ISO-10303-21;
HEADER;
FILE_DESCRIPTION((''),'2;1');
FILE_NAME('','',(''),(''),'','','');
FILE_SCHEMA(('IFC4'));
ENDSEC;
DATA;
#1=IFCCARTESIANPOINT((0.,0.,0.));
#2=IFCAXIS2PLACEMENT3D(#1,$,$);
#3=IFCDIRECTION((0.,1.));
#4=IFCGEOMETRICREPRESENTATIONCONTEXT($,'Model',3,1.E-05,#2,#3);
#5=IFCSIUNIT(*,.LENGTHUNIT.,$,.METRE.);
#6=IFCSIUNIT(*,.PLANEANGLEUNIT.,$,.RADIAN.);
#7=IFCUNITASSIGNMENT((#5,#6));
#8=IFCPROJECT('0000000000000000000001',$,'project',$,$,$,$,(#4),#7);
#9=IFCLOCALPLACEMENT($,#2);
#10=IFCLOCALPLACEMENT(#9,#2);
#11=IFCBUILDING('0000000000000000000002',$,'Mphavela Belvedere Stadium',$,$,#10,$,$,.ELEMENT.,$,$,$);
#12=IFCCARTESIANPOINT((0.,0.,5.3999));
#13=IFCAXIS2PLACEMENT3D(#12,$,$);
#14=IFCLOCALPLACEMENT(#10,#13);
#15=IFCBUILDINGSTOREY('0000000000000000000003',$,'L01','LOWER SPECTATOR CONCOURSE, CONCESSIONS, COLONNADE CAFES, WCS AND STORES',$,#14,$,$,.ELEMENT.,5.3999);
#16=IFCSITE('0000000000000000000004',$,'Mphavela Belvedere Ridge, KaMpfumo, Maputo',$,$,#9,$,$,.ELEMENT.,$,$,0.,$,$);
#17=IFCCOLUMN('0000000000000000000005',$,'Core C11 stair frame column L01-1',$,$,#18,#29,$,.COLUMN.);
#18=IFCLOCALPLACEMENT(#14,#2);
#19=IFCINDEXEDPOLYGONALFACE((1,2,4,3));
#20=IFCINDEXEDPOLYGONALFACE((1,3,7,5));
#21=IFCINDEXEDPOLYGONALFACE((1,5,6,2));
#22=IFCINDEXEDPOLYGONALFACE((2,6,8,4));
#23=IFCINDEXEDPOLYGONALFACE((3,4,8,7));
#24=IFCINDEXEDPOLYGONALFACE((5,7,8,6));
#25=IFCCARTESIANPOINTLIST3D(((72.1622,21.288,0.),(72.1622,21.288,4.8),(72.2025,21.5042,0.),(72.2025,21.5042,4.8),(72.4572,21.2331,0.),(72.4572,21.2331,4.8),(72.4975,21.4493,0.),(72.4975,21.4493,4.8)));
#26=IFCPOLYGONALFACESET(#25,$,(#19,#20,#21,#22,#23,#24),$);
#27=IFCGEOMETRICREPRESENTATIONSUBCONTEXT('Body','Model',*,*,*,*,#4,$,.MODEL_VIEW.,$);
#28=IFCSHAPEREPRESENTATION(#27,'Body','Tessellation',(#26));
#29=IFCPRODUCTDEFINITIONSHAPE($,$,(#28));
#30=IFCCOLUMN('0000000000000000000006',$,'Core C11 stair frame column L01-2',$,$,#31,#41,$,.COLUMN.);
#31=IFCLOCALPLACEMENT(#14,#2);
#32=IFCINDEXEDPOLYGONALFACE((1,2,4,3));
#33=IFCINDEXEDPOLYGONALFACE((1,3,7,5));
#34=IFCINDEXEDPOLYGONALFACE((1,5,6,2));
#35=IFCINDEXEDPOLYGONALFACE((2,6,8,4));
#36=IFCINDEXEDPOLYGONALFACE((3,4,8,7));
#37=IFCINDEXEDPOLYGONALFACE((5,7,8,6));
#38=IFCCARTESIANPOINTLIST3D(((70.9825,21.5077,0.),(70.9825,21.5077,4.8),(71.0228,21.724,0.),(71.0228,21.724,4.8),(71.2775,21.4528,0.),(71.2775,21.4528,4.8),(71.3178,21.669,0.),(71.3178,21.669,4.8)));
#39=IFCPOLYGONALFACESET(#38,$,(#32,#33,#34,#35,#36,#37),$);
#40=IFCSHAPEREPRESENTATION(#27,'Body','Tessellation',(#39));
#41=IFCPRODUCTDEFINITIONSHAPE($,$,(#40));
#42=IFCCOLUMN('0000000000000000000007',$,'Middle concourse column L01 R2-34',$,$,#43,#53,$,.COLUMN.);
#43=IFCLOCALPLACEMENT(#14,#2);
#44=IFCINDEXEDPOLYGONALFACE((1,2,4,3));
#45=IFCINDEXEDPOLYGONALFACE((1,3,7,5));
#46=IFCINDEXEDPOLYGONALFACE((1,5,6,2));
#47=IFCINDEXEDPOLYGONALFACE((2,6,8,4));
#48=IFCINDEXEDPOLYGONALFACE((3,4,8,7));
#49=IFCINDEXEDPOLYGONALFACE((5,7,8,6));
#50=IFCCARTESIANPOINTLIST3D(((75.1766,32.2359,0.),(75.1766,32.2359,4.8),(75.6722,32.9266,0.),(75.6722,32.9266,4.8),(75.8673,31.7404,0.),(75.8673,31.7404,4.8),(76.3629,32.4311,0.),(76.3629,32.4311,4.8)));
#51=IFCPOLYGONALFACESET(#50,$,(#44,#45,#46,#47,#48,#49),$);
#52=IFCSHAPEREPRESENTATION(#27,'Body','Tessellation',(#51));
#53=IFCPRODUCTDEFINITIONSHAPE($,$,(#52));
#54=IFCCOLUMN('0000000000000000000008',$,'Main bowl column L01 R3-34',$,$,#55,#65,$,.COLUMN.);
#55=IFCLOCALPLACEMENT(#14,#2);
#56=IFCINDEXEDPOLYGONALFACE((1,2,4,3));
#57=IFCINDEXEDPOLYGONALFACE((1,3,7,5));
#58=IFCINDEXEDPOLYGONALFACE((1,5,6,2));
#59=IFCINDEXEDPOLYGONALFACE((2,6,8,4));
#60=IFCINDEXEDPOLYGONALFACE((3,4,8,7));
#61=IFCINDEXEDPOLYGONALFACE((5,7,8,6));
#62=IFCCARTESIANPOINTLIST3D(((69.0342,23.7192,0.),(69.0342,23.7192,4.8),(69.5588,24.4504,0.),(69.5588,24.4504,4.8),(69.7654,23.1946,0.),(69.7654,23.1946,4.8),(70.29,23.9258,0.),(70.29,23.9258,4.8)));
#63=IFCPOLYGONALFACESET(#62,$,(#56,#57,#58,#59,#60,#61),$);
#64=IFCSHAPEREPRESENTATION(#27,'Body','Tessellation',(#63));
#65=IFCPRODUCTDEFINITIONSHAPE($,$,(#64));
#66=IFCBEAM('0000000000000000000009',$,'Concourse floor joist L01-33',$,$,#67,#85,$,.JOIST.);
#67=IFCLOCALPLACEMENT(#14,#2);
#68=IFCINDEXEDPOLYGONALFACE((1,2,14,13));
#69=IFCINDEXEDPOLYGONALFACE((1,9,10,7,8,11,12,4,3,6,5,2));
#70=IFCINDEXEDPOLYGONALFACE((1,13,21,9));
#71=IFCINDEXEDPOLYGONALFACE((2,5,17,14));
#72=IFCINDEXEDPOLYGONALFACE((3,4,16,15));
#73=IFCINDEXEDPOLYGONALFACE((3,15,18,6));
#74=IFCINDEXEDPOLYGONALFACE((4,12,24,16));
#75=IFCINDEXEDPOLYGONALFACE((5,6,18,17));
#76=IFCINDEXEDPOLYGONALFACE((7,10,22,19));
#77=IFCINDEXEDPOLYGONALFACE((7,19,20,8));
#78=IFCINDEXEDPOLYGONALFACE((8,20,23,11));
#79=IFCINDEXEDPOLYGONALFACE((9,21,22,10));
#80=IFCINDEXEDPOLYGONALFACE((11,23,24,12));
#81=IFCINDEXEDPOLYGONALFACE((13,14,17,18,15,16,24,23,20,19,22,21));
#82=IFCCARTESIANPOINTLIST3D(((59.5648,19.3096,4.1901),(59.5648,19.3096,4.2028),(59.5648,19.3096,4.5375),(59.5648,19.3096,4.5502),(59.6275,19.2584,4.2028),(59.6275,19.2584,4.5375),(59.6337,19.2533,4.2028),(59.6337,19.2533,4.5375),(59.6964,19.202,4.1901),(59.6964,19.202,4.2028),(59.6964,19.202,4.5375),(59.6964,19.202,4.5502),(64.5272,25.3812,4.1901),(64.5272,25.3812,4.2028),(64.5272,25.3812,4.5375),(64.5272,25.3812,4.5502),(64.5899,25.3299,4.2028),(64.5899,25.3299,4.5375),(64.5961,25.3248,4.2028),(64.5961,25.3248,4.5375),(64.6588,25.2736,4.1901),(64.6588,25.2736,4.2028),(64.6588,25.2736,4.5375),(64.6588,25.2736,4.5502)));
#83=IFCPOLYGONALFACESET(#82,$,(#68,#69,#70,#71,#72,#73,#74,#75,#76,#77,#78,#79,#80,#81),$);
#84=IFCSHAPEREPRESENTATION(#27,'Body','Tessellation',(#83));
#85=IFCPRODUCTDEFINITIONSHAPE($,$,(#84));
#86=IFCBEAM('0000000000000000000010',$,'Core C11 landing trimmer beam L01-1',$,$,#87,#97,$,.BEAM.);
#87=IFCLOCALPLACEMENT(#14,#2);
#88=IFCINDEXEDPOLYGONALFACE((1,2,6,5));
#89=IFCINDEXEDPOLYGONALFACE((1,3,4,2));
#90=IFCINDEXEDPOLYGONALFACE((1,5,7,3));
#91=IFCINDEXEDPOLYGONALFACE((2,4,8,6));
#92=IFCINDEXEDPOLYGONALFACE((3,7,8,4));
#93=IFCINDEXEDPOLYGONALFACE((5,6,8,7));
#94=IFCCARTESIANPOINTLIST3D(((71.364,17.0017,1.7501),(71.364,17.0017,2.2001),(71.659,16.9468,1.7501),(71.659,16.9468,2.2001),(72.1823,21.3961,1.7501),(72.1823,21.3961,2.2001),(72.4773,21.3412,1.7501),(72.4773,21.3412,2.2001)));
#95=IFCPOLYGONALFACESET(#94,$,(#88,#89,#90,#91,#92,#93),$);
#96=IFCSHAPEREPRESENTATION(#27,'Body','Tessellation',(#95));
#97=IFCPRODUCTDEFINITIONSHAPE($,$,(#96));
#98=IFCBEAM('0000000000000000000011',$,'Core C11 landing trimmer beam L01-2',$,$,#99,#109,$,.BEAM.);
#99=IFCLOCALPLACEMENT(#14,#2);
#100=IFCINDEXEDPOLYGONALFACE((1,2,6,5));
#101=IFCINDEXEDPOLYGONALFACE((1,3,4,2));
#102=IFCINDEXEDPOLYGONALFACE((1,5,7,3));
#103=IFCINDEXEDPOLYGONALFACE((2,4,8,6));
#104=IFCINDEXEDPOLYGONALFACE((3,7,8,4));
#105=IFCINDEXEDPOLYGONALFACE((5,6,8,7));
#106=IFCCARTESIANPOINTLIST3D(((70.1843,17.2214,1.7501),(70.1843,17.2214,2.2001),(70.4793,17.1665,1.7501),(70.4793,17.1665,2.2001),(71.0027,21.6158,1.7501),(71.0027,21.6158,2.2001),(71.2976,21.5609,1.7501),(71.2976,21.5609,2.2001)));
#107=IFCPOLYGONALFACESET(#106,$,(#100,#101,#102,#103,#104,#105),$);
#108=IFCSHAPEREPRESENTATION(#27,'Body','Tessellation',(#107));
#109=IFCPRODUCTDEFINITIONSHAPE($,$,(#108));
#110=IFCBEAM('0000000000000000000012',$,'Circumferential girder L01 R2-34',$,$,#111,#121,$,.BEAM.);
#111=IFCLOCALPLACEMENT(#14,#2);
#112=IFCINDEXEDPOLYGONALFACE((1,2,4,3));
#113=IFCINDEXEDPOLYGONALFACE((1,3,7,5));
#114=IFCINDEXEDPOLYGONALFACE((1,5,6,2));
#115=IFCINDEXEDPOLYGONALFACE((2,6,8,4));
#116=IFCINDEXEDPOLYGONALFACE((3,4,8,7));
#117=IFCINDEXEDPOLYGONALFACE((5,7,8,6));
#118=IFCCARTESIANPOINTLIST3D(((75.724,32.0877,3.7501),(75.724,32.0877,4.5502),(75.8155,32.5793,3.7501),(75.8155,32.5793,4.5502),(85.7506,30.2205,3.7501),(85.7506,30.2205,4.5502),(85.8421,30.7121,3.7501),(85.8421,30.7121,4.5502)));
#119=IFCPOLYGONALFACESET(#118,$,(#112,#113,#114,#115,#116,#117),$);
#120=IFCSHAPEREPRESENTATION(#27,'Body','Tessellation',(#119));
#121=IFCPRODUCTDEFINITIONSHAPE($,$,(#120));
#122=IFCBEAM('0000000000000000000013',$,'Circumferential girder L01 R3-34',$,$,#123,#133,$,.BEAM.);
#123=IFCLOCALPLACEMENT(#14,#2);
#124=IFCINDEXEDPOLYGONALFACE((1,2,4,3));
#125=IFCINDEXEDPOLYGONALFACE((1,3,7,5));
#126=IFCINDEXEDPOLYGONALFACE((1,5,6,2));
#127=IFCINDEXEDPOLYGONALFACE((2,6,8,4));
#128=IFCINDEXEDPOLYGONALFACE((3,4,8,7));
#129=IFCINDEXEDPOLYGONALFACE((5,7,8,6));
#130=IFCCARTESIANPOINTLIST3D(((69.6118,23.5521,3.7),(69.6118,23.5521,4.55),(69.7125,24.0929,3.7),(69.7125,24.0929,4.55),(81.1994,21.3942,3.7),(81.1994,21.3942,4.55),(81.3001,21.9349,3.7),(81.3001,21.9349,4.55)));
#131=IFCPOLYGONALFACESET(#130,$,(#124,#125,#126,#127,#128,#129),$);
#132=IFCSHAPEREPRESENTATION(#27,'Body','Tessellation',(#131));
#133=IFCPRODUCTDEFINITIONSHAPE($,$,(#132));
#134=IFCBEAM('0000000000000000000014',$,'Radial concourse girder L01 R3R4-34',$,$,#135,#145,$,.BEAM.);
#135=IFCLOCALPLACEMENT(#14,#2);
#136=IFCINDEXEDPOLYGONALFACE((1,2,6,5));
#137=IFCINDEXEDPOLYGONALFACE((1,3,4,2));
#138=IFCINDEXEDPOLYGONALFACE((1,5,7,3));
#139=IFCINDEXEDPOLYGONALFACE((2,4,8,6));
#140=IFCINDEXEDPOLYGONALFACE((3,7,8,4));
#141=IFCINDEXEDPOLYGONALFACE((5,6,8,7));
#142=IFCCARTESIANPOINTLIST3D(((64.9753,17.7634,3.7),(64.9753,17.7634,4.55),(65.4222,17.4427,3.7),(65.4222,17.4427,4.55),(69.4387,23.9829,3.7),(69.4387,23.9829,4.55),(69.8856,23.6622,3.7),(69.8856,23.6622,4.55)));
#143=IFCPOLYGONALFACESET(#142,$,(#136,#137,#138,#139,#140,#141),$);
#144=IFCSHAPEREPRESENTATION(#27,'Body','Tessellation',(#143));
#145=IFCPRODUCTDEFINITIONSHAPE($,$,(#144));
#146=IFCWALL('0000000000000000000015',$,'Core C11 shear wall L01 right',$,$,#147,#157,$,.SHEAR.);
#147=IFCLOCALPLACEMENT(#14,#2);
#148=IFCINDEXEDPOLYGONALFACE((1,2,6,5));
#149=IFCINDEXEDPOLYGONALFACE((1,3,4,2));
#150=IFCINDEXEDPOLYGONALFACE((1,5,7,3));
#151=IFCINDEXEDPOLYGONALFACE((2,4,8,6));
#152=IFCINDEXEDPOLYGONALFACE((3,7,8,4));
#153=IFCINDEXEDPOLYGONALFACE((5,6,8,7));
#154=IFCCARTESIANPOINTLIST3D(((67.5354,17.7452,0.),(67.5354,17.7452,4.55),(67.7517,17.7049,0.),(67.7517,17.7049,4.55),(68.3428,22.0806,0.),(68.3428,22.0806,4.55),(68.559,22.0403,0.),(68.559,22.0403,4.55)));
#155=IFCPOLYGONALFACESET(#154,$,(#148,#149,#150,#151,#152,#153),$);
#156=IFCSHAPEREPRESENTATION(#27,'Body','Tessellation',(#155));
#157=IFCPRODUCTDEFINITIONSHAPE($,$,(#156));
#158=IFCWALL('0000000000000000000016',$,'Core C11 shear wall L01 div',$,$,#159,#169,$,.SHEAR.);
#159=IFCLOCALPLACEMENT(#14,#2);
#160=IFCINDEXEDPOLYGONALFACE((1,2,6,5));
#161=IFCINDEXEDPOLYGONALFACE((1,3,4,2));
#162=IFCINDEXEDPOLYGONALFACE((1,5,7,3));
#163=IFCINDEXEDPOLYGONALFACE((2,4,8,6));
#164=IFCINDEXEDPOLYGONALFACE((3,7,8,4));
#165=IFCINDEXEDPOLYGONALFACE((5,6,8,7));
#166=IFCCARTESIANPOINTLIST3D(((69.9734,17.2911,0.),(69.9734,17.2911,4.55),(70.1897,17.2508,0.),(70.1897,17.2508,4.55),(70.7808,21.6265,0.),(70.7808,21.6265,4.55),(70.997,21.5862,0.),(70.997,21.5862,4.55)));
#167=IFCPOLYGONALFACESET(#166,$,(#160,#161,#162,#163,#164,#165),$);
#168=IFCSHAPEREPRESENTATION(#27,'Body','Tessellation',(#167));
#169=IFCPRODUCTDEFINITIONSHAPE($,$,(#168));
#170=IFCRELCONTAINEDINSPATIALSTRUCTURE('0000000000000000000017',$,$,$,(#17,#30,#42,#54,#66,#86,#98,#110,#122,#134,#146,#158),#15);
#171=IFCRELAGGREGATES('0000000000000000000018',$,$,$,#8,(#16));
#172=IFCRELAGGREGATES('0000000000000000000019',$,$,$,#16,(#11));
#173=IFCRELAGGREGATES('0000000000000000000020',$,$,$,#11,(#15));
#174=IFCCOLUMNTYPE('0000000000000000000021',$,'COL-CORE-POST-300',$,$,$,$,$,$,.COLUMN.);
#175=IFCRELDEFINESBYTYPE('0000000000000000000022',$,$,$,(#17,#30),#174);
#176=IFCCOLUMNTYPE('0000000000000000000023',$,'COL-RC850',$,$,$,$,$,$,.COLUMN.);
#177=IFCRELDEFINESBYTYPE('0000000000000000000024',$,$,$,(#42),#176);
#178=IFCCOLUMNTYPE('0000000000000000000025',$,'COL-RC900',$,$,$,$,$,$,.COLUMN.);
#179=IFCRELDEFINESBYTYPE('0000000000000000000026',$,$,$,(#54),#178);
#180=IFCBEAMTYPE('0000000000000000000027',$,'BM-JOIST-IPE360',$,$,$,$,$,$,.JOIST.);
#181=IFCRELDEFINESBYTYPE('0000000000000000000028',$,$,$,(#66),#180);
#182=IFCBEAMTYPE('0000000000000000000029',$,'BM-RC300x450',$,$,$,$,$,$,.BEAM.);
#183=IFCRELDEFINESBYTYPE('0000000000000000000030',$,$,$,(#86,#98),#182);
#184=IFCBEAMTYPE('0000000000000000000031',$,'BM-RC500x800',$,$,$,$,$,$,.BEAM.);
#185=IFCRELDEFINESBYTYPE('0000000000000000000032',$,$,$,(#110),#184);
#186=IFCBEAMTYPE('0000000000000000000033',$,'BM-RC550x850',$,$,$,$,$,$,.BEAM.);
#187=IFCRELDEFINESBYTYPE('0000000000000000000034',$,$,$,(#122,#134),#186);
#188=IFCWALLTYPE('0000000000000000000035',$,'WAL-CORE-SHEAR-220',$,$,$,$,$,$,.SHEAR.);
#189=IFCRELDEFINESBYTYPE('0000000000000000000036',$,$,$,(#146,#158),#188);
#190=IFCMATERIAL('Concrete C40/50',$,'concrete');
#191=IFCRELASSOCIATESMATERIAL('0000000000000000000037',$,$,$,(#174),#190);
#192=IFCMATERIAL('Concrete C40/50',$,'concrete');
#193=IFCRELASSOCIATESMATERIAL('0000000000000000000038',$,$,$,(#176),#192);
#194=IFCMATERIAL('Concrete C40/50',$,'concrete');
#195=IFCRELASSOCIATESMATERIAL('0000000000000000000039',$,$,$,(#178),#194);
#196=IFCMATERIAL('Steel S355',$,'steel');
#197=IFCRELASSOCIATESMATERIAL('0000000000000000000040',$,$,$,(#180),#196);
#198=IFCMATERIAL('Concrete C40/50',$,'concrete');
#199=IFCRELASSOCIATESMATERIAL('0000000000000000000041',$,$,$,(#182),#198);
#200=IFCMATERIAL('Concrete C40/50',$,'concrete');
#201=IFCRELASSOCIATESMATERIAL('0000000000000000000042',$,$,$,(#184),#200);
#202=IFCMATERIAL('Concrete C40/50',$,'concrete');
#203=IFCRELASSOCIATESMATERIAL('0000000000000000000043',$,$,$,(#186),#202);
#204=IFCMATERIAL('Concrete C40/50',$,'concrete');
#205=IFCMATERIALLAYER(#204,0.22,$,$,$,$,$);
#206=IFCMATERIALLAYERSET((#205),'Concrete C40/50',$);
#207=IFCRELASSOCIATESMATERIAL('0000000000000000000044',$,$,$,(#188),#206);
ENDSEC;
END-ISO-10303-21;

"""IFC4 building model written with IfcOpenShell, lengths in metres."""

from ifc_helpers import new_model, si_unit, direction, frame, frame_2d, origin, origin_2d, place, context, subcontext, project, spatial, rectangle, i_section, extrude, material, layer, layer_set, material_profile, profile_set, type_object, element, save


model = new_model("IFC4")

# Units and contexts
model_context = context("Model", 3, precision=1e-05, world=origin(), true_north=direction((0.0, 1.0)))
body_context = subcontext(model_context, "Body", "Model", "MODEL_VIEW")
ifc_project = project(units=[si_unit("LENGTHUNIT", "METRE"), si_unit("PLANEANGLEUNIT", "RADIAN")], contexts=[model_context])

# Site, building, storey
site_placement = place(None, origin())
site = spatial("IfcSite", under=ifc_project, at=site_placement, Name="Mphavela Belvedere Ridge, KaMpfumo, Maputo", CompositionType="ELEMENT", RefElevation=0.0)
building_placement = place(site_placement, origin())
building = spatial("IfcBuilding", under=site, at=building_placement, Name="Mphavela Belvedere Stadium", CompositionType="ELEMENT")
storey_placement = place(building_placement, frame((0.0, 0.0, 5.3999)))
storey = spatial("IfcBuildingStorey", under=building, at=storey_placement, Name="L01", Description="LOWER SPECTATOR CONCOURSE, CONCESSIONS, COLONNADE CAFES, WCS AND STORES", CompositionType="ELEMENT", Elevation=5.3999)

# Columns
ifc_material_1 = material(Name="Concrete C40/50", Category="concrete")
ifc_material_profile_1 = material_profile(ifc_material_1, rectangle(XDim=0.3, YDim=0.22, at=origin_2d()), Name="RC 300x220")
ifc_profile_set_1 = profile_set([ifc_material_profile_1], Name="Concrete C40/50")
column_type_1 = type_object("IfcColumnType", Name="COL-CORE-POST-300", PredefinedType="COLUMN", material=ifc_profile_set_1)
for number, where, z_axis, x_axis, name in (
    (1, (72.3298, 21.3687, 0.0), (0.0, 0.0, 1.0), (-0.983096, 0.183094, 0.0), "Core C11 stair frame column L01-1"),
    (2, (71.1501, 21.5884, 0.0), (0.0, 0.0, 1.0), (-0.983096, 0.183094, 0.0), "Core C11 stair frame column L01-2"),
):
    element("IfcColumn", number, at=place(storey_placement, frame(where, z_axis=z_axis, x_axis=x_axis)), inside=storey, type_object=column_type_1, Name=name, PredefinedType="COLUMN", context=body_context, shape_type="SweptSolid", body=[
        extrude(rectangle(XDim=0.3, YDim=0.22, at=origin_2d()), origin(), (0.0, 0.0, 1.0), 4.8),
    ])
ifc_material_2 = material(Name="Concrete C40/50", Category="concrete")
ifc_material_profile_2 = material_profile(ifc_material_2, rectangle(XDim=0.8501, YDim=0.8501, at=origin_2d()), Name="RC 850x850")
ifc_profile_set_2 = profile_set([ifc_material_profile_2], Name="Concrete C40/50")
column_type_2 = type_object("IfcColumnType", Name="COL-RC850", PredefinedType="COLUMN", material=ifc_profile_set_2)
column_1_placement = place(storey_placement, frame((75.7698, 32.3335, 0.0), z_axis=(0.0, 0.0, 1.0), x_axis=(-0.582974, -0.812491, 0.0)))
element("IfcColumn", 3, at=column_1_placement, inside=storey, type_object=column_type_2, Name="Middle concourse column L01 R2-34", PredefinedType="COLUMN", context=body_context, shape_type="SweptSolid", body=[
    extrude(rectangle(XDim=0.8501, YDim=0.8501, at=origin_2d()), origin(), (0.0, 0.0, 1.0), 4.8),
])
ifc_material_3 = material(Name="Concrete C40/50", Category="concrete")
ifc_material_profile_3 = material_profile(ifc_material_3, rectangle(XDim=0.8999, YDim=0.8999, at=origin_2d()), Name="RC 900x900")
ifc_profile_set_3 = profile_set([ifc_material_profile_3], Name="Concrete C40/50")
column_type_3 = type_object("IfcColumnType", Name="COL-RC900", PredefinedType="COLUMN", material=ifc_profile_set_3)
column_2_placement = place(storey_placement, frame((69.6621, 23.8225, 0.0), z_axis=(0.0, 0.0, 1.0), x_axis=(-0.582974, -0.812491, 0.0)))
element("IfcColumn", 4, at=column_2_placement, inside=storey, type_object=column_type_3, Name="Main bowl column L01 R3-34", PredefinedType="COLUMN", context=body_context, shape_type="SweptSolid", body=[
    extrude(rectangle(XDim=0.8999, YDim=0.8999, at=origin_2d()), origin(), (0.0, 0.0, 1.0), 4.8),
])

# Beams
ifc_material_4 = material(Name="Steel S355", Category="steel")
ifc_material_profile_4 = material_profile(ifc_material_4, i_section(OverallWidth=0.1699, OverallDepth=0.3601, WebThickness=0.0081, FlangeThickness=0.0127, at=origin_2d()), Name="IPE 360")
ifc_profile_set_4 = profile_set([ifc_material_profile_4], Name="Steel S355")
beam_type_1 = type_object("IfcBeamType", Name="BM-JOIST-IPE360", PredefinedType="JOIST", material=ifc_profile_set_4)
beam_1_placement = place(storey_placement, frame((64.593, 25.3274, 4.3701), z_axis=(-0.632839, -0.774283, 0.0), x_axis=(0.774283, -0.632839, 0.0)))
element("IfcBeam", 5, at=beam_1_placement, inside=storey, type_object=beam_type_1, Name="Concourse floor joist L01-33", PredefinedType="JOIST", context=body_context, shape_type="SweptSolid", body=[
    extrude(i_section(OverallWidth=0.1699, OverallDepth=0.3601, WebThickness=0.0081, FlangeThickness=0.0127, at=origin_2d()), origin(), (0.0, 0.0, 1.0), 7.8416),
])
ifc_material_5 = material(Name="Concrete C40/50", Category="concrete")
ifc_material_profile_5 = material_profile(ifc_material_5, rectangle(XDim=0.3, YDim=0.45, at=origin_2d()), Name="RC 300x450")
ifc_profile_set_5 = profile_set([ifc_material_profile_5], Name="Concrete C40/50")
beam_type_2 = type_object("IfcBeamType", Name="BM-RC300x450", PredefinedType="BEAM", material=ifc_profile_set_5)
for number, where, z_axis, x_axis, name in (
    (6, (72.3298, 21.3687, 1.9751), (-0.183075, -0.983099, 0.0), (0.983099, -0.183075, 0.0), "Core C11 landing trimmer beam L01-1"),
    (7, (71.1501, 21.5884, 1.9751), (-0.183075, -0.983099, 0.0), (0.983099, -0.183075, 0.0), "Core C11 landing trimmer beam L01-2"),
):
    element("IfcBeam", number, at=place(storey_placement, frame(where, z_axis=z_axis, x_axis=x_axis)), inside=storey, type_object=beam_type_2, Name=name, PredefinedType="BEAM", context=body_context, shape_type="SweptSolid", body=[
        extrude(rectangle(XDim=0.3, YDim=0.45, at=origin_2d()), origin(), (0.0, 0.0, 1.0), 4.47),
    ])
ifc_material_6 = material(Name="Concrete C40/50", Category="concrete")
ifc_material_profile_6 = material_profile(ifc_material_6, rectangle(XDim=0.5, YDim=0.8, at=origin_2d()), Name="RC 500x800")
ifc_profile_set_6 = profile_set([ifc_material_profile_6], Name="Concrete C40/50")
beam_type_3 = type_object("IfcBeamType", Name="BM-RC500x800", PredefinedType="BEAM", material=ifc_profile_set_6)
beam_2_placement = place(storey_placement, frame((75.7698, 32.3335, 4.1501), z_axis=(0.983099, -0.183076, 0.0), x_axis=(0.183076, 0.983099, 0.0)))
element("IfcBeam", 8, at=beam_2_placement, inside=storey, type_object=beam_type_3, Name="Circumferential girder L01 R2-34", PredefinedType="BEAM", context=body_context, shape_type="SweptSolid", body=[
    extrude(rectangle(XDim=0.5, YDim=0.8, at=origin_2d()), origin(), (0.0, 0.0, 1.0), 10.199),
])
ifc_material_7 = material(Name="Concrete C40/50", Category="concrete")
ifc_material_profile_7 = material_profile(ifc_material_7, rectangle(XDim=0.55, YDim=0.8501, at=origin_2d()), Name="RC 550x850")
ifc_profile_set_7 = profile_set([ifc_material_profile_7], Name="Concrete C40/50")
beam_type_4 = type_object("IfcBeamType", Name="BM-RC550x850", PredefinedType="BEAM", material=ifc_profile_set_7)
beam_3_placement = place(storey_placement, frame((69.6621, 23.8225, 4.125), z_axis=(0.983098, -0.183082, 0.0), x_axis=(0.183082, 0.983098, 0.0)))
element("IfcBeam", 9, at=beam_3_placement, inside=storey, type_object=beam_type_4, Name="Circumferential girder L01 R3-34", PredefinedType="BEAM", context=body_context, shape_type="SweptSolid", body=[
    extrude(rectangle(XDim=0.55, YDim=0.8501, at=origin_2d()), origin(), (0.0, 0.0, 1.0), 11.7869),
])
beam_4_placement = place(storey_placement, frame((69.6621, 23.8225, 4.125), z_axis=(-0.583044, -0.812441, 0.0), x_axis=(0.812441, -0.583044, 0.0)))
element("IfcBeam", 10, at=beam_4_placement, inside=storey, type_object=beam_type_4, Name="Radial concourse girder L01 R3R4-34", PredefinedType="BEAM", context=body_context, shape_type="SweptSolid", body=[
    extrude(rectangle(XDim=0.55, YDim=0.8501, at=origin_2d()), origin(), (0.0, 0.0, 1.0), 7.6553),
])

# Walls
ifc_material_8 = material(Name="Concrete C40/50", Category="concrete")
ifc_layer_1 = layer(ifc_material_8, 0.22)
ifc_layer_set_1 = layer_set([ifc_layer_1], Name="Concrete C40/50")
wall_type_1 = type_object("IfcWallType", Name="WAL-CORE-SHEAR-220", PredefinedType="SHEAR", material=ifc_layer_set_1)
for number, where, z_axis, x_axis, name in (
    (11, (68.4509, 22.0605, 0.0), (0.0, 0.0, 1.0), (-0.183078, -0.983098, 0.0), "Core C11 shear wall L01 right"),
    (12, (70.8889, 21.6064, 0.0), (0.0, 0.0, 1.0), (-0.183078, -0.983098, 0.0), "Core C11 shear wall L01 div"),
):
    element("IfcWall", number, at=place(storey_placement, frame(where, z_axis=z_axis, x_axis=x_axis)), inside=storey, type_object=wall_type_1, Name=name, PredefinedType="SHEAR", context=body_context, shape_type="SweptSolid", body=[
        extrude(rectangle(XDim=4.4099, YDim=0.22, at=frame_2d((2.2051, 0.0))), origin(), (0.0, 0.0, 1.0), 4.55),
    ])

save(model, "model.ifc")
